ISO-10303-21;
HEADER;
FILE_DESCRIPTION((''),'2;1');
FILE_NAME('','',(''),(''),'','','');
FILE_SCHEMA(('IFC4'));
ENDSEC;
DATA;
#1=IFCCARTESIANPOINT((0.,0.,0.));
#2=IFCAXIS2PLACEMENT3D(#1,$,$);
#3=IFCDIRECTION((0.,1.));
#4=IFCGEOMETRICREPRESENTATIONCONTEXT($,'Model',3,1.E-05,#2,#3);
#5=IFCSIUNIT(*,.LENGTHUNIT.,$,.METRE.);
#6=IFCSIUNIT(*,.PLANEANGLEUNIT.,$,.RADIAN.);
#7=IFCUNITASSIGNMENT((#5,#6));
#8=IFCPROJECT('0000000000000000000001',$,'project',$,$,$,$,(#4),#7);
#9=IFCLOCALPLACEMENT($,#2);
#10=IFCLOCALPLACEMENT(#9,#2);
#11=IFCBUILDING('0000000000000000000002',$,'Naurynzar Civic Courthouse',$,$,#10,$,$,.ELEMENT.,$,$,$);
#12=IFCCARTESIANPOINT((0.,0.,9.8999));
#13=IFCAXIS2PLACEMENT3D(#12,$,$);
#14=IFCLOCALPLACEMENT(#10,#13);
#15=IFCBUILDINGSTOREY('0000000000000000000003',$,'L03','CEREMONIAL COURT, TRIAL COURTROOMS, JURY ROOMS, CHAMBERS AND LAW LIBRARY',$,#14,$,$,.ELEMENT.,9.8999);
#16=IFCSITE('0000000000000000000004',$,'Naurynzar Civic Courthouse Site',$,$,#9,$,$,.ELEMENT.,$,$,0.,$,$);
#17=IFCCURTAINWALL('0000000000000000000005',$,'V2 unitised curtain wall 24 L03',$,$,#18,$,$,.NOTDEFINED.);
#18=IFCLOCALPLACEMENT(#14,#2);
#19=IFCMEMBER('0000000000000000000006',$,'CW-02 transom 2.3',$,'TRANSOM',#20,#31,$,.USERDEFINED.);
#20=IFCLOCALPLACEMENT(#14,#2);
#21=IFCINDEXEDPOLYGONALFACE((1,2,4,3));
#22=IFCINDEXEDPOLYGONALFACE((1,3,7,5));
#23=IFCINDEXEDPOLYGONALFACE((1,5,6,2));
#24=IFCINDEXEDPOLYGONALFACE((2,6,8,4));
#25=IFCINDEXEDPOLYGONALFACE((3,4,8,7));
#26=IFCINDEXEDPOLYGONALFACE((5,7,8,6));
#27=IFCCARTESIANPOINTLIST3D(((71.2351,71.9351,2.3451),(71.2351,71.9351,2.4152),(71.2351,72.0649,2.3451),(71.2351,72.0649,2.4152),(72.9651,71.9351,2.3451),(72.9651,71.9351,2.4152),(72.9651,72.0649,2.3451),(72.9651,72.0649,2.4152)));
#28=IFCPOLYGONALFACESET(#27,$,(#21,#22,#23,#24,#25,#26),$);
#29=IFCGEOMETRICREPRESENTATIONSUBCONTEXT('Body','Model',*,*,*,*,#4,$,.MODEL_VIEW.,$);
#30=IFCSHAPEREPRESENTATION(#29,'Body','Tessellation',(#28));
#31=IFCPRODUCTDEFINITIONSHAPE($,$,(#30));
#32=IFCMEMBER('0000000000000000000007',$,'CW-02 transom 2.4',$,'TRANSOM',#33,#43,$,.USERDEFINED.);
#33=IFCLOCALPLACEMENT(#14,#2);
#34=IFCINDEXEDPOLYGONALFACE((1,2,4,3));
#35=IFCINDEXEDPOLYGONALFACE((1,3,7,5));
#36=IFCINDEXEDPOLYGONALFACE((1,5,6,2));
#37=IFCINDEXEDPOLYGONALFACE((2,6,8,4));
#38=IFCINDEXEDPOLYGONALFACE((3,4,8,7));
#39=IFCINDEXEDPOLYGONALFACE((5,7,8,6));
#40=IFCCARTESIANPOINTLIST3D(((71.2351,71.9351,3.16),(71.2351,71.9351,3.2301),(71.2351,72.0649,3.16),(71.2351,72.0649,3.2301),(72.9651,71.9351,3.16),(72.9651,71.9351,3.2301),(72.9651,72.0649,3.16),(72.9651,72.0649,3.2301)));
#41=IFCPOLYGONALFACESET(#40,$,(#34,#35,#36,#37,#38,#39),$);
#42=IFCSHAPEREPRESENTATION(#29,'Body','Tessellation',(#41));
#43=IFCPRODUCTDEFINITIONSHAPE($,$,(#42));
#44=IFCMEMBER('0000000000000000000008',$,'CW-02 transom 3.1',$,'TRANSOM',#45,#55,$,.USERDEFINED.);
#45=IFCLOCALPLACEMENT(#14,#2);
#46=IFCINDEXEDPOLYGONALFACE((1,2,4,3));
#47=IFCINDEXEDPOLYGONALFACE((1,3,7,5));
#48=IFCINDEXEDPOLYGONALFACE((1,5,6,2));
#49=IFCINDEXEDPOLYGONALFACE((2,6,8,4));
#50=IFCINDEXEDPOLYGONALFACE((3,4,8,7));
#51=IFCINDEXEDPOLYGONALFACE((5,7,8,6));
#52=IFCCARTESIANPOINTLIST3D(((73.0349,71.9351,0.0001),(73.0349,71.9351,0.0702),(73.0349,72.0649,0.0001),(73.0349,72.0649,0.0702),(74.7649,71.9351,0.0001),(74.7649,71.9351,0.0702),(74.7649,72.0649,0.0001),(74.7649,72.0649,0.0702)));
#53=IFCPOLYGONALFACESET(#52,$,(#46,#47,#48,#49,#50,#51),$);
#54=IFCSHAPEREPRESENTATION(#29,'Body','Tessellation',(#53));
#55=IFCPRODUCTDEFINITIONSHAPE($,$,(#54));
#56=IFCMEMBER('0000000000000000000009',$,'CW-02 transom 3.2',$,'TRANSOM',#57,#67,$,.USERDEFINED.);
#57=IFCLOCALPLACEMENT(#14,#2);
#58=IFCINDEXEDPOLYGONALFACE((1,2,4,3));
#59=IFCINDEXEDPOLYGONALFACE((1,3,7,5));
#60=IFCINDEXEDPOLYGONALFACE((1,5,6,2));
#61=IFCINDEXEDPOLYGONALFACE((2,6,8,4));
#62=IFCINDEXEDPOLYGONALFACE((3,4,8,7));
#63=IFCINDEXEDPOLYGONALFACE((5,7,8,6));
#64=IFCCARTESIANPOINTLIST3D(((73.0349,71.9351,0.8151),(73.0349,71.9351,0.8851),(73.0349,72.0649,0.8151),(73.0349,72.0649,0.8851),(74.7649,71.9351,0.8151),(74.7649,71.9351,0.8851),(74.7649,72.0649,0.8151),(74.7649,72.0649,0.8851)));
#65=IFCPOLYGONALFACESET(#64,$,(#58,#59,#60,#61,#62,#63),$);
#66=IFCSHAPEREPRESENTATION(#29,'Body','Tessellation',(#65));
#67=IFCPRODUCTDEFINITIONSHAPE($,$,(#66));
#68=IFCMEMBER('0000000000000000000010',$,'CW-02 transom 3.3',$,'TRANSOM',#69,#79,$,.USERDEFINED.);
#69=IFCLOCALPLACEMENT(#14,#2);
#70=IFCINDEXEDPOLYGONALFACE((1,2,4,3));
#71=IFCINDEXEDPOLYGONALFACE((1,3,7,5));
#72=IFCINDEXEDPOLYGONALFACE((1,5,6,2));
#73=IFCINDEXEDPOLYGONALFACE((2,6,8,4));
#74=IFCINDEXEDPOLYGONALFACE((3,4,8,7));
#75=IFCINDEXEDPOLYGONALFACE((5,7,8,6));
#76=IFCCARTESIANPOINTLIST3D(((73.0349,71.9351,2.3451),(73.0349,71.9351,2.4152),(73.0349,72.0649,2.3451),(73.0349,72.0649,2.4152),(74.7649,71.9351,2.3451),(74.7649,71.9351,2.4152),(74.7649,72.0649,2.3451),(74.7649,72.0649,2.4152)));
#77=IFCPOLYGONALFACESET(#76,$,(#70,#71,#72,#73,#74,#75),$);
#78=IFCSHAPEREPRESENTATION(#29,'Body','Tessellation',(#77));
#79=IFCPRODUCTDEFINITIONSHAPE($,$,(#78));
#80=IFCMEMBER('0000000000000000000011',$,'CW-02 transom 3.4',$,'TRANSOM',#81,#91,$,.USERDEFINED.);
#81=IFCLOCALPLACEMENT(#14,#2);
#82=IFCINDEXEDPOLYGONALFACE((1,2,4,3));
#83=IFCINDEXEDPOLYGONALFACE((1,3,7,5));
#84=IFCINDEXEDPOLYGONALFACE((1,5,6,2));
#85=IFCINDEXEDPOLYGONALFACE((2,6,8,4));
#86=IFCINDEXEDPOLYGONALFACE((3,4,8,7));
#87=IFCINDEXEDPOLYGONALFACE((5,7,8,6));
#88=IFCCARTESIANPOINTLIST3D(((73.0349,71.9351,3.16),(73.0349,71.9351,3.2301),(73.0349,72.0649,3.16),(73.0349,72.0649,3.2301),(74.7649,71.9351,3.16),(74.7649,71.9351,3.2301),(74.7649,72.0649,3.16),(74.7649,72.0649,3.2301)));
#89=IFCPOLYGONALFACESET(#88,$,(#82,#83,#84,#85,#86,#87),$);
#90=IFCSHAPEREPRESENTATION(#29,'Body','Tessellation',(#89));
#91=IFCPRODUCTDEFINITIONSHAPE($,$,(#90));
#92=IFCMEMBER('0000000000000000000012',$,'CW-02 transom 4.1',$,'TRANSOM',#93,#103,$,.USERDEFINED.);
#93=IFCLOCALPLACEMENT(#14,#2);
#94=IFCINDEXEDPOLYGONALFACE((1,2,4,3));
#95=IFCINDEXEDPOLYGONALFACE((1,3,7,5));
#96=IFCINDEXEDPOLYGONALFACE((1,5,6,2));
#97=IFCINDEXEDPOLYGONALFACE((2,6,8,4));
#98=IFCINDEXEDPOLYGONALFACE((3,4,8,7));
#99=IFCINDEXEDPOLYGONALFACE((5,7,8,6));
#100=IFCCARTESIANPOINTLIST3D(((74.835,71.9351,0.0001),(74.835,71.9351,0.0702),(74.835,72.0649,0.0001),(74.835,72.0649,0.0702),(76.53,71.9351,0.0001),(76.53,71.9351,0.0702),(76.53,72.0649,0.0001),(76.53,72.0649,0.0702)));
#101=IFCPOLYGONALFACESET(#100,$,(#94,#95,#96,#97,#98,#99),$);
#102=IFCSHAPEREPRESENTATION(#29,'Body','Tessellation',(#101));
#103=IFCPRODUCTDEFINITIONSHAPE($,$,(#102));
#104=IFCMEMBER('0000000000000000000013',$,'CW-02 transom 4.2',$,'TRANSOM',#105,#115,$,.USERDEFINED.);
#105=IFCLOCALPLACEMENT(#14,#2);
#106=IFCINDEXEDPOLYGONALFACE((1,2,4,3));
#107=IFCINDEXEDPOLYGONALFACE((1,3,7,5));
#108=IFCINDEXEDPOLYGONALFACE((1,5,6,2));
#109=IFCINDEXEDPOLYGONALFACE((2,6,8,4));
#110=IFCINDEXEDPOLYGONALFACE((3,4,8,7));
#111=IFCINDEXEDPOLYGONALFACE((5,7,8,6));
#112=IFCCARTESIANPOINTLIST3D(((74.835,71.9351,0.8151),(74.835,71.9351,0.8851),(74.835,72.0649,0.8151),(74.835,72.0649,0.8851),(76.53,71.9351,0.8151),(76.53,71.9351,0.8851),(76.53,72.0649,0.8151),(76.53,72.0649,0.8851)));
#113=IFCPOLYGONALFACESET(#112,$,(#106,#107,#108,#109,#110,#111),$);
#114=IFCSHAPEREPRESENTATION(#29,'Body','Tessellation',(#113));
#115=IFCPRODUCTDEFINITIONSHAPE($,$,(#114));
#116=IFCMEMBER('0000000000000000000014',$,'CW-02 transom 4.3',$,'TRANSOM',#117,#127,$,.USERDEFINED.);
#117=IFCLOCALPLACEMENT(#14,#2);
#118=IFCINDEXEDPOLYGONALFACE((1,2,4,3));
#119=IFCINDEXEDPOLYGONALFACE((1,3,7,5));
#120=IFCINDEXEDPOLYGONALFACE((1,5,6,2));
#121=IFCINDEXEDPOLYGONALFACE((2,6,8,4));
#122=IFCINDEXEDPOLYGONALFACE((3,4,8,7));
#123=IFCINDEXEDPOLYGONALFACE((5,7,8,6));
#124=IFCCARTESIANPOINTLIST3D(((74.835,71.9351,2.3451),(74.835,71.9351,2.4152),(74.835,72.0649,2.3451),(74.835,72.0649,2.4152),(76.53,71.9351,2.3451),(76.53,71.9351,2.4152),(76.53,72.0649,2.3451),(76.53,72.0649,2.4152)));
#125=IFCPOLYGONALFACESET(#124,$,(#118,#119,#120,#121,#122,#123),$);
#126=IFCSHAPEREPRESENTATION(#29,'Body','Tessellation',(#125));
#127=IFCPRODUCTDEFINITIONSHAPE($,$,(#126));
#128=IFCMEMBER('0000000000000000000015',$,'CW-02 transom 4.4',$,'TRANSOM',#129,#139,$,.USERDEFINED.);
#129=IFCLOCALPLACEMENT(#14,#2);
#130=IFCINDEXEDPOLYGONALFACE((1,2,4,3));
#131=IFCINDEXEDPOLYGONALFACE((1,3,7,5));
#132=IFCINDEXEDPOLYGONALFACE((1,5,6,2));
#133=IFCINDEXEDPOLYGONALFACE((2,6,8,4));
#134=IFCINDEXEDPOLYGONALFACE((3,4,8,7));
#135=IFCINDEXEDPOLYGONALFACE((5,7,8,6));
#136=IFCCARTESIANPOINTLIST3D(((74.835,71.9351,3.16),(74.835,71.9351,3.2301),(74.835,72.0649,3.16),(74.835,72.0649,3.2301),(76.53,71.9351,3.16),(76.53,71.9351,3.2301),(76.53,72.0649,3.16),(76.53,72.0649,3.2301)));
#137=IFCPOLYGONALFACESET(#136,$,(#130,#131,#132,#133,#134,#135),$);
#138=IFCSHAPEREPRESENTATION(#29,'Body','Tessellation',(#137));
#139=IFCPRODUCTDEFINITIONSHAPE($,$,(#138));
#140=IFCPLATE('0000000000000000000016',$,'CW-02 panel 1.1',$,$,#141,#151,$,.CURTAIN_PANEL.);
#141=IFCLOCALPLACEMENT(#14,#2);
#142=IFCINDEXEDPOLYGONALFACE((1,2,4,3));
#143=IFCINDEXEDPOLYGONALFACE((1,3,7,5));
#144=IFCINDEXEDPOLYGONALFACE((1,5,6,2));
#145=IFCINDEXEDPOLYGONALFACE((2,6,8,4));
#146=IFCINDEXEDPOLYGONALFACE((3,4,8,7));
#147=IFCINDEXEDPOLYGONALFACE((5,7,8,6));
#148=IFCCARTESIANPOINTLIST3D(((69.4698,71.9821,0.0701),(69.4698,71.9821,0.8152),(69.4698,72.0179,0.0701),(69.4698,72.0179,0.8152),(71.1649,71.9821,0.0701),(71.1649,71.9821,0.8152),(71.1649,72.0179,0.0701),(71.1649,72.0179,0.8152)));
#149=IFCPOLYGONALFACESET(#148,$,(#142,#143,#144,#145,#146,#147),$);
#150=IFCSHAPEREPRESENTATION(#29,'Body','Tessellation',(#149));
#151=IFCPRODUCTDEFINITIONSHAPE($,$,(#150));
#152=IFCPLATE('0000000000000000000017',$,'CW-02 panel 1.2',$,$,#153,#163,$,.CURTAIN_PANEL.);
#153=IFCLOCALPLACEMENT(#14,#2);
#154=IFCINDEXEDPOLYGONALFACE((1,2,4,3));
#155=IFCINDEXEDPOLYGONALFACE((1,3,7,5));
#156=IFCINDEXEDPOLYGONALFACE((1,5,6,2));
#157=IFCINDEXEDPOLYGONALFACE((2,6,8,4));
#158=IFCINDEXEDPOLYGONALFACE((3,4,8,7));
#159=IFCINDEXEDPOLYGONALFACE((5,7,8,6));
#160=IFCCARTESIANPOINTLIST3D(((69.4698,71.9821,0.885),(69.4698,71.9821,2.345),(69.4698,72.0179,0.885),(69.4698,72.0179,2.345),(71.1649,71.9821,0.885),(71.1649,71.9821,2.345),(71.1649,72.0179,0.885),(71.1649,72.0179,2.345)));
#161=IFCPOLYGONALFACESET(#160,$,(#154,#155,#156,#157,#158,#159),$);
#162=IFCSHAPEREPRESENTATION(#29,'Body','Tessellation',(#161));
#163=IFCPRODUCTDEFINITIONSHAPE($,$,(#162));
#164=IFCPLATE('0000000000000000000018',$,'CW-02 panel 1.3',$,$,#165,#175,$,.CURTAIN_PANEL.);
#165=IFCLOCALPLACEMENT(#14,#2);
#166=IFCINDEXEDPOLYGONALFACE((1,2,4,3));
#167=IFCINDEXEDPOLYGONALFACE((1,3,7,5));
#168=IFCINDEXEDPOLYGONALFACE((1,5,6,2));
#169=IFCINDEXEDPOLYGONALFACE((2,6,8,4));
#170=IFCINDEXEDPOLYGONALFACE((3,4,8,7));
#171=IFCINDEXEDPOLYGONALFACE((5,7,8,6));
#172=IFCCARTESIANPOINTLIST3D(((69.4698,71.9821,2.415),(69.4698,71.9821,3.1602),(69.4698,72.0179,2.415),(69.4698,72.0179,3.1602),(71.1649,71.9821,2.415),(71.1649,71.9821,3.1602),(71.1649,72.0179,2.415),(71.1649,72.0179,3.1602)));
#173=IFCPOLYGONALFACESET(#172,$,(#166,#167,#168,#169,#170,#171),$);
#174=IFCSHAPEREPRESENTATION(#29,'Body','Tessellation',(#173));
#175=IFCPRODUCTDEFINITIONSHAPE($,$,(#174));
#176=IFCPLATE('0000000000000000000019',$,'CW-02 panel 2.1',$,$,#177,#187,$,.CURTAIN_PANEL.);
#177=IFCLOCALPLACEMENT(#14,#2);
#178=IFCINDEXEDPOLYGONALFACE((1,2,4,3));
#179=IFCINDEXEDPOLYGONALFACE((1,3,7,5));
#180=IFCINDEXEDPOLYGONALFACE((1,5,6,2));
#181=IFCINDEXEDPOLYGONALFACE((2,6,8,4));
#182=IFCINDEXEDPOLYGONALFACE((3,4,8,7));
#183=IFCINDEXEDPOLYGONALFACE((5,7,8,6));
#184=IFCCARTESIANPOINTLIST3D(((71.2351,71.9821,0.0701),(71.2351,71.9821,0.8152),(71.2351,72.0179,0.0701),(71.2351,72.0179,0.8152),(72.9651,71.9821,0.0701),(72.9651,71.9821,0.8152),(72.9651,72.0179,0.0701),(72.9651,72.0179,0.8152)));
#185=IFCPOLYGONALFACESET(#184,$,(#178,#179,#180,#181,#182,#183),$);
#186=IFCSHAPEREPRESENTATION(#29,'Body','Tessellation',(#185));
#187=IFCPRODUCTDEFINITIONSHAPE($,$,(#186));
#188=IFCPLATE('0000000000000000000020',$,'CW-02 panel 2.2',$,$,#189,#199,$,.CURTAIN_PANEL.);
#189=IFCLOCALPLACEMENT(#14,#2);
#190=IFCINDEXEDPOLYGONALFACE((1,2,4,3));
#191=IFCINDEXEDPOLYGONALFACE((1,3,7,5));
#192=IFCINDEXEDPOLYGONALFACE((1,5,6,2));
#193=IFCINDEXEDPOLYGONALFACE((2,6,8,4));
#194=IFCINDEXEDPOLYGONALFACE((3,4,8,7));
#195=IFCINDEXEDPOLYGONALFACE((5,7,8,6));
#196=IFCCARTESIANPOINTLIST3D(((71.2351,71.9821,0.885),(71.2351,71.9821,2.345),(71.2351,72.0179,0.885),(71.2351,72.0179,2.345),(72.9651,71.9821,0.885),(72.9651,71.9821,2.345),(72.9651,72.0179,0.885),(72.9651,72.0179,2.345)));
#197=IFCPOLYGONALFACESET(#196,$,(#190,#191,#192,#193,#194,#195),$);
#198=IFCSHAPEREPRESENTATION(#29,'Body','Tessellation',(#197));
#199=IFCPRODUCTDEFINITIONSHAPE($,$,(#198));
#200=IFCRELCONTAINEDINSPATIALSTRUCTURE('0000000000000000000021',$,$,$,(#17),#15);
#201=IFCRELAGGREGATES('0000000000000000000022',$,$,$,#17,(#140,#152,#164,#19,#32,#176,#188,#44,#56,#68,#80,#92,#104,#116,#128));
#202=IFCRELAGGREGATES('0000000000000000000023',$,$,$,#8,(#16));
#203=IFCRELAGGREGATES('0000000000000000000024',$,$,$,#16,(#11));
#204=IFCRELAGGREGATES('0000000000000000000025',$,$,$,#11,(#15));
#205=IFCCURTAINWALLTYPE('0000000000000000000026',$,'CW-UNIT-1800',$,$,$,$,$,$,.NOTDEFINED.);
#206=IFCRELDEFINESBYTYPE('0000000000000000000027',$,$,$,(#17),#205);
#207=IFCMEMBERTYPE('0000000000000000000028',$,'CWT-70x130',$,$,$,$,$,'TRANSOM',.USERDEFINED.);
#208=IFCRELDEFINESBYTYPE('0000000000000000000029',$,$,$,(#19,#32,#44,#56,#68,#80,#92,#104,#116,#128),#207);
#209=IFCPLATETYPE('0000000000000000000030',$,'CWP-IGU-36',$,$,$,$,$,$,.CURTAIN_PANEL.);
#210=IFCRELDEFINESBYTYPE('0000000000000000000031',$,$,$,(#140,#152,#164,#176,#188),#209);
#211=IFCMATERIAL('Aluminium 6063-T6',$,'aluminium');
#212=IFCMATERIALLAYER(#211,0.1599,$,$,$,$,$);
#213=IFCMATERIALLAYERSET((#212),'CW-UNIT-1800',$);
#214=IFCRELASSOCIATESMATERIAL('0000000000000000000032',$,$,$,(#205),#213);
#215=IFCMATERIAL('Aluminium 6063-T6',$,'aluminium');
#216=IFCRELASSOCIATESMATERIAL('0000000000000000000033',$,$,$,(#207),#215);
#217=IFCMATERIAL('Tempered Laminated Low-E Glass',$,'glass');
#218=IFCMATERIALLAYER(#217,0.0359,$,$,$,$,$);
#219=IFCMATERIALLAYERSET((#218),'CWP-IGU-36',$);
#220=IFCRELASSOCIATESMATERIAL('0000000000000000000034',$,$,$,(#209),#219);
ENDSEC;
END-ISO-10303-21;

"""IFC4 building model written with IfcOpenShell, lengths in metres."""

from ifc_helpers import new_model, si_unit, direction, frame, origin, origin_2d, place, context, subcontext, project, spatial, rectangle, extrude, material, layer, layer_set, material_profile, profile_set, type_object, element, aggregate, save


model = new_model("IFC4")

# Units and contexts
model_context = context("Model", 3, precision=1e-05, world=origin(), true_north=direction((0.0, 1.0)))
body_context = subcontext(model_context, "Body", "Model", "MODEL_VIEW")
ifc_project = project(units=[si_unit("LENGTHUNIT", "METRE"), si_unit("PLANEANGLEUNIT", "RADIAN")], contexts=[model_context])

# Site, building, storey
site_placement = place(None, origin())
site = spatial("IfcSite", under=ifc_project, at=site_placement, Name="Naurynzar Civic Courthouse Site", CompositionType="ELEMENT", RefElevation=0.0)
building_placement = place(site_placement, origin())
building = spatial("IfcBuilding", under=site, at=building_placement, Name="Naurynzar Civic Courthouse", CompositionType="ELEMENT")
storey_placement = place(building_placement, frame((0.0, 0.0, 9.8999)))
storey = spatial("IfcBuildingStorey", under=building, at=storey_placement, Name="L03", Description="CEREMONIAL COURT, TRIAL COURTROOMS, JURY ROOMS, CHAMBERS AND LAW LIBRARY", CompositionType="ELEMENT", Elevation=9.8999)

# Curtain wall, members, plates
ifc_material_1 = material(Name="Aluminium 6063-T6", Category="aluminium")
ifc_layer_1 = layer(ifc_material_1, 0.1599)
ifc_layer_set_1 = layer_set([ifc_layer_1], Name="CW-UNIT-1800")
curtain_wall_type = type_object("IfcCurtainWallType", Name="CW-UNIT-1800", PredefinedType="NOTDEFINED", material=ifc_layer_set_1)
curtain_wall_placement = place(storey_placement, origin())
curtain_wall = element("IfcCurtainWall", 1, at=curtain_wall_placement, inside=storey, type_object=curtain_wall_type, Name="V2 unitised curtain wall 24 L03", PredefinedType="NOTDEFINED")
ifc_material_2 = material(Name="Aluminium 6063-T6", Category="aluminium")
ifc_material_profile_1 = material_profile(ifc_material_2, rectangle(XDim=0.1299, YDim=0.0701, at=origin_2d()), Name="ALU TRANSOM 70x130")
ifc_profile_set_1 = profile_set([ifc_material_profile_1], Name="Aluminium 6063-T6")
member_type_1 = type_object("IfcMemberType", Name="CWT-70x130", ElementType="TRANSOM", PredefinedType="USERDEFINED", material=ifc_profile_set_1)
member_1_placement = place(storey_placement, frame((71.2351, 72.0, 2.3801), z_axis=(1.0, 0.0, 0.0), x_axis=(0.0, 1.0, 0.0)))
member_1 = element("IfcMember", 2, at=member_1_placement, type_object=member_type_1, Name="CW-02 transom 2.3", ObjectType="TRANSOM", PredefinedType="USERDEFINED", context=body_context, shape_type="SweptSolid", body=[
    extrude(rectangle(XDim=0.1299, YDim=0.0701, at=origin_2d()), origin(), (0.0, 0.0, 1.0), 1.73),
])
member_2_placement = place(storey_placement, frame((71.2351, 72.0, 3.1951), z_axis=(1.0, 0.0, 0.0), x_axis=(0.0, 1.0, 0.0)))
member_2 = element("IfcMember", 3, at=member_2_placement, type_object=member_type_1, Name="CW-02 transom 2.4", ObjectType="TRANSOM", PredefinedType="USERDEFINED", context=body_context, shape_type="SweptSolid", body=[
    extrude(rectangle(XDim=0.1299, YDim=0.0701, at=origin_2d()), origin(), (0.0, 0.0, 1.0), 1.73),
])
member_3_placement = place(storey_placement, frame((73.0349, 72.0, 0.0352), z_axis=(1.0, 0.0, 0.0), x_axis=(0.0, 1.0, 0.0)))
member_3 = element("IfcMember", 4, at=member_3_placement, type_object=member_type_1, Name="CW-02 transom 3.1", ObjectType="TRANSOM", PredefinedType="USERDEFINED", context=body_context, shape_type="SweptSolid", body=[
    extrude(rectangle(XDim=0.1299, YDim=0.0701, at=origin_2d()), origin(), (0.0, 0.0, 1.0), 1.73),
])
member_4_placement = place(storey_placement, frame((73.0349, 72.0, 0.8501), z_axis=(1.0, 0.0, 0.0), x_axis=(0.0, 1.0, 0.0)))
member_4 = element("IfcMember", 5, at=member_4_placement, type_object=member_type_1, Name="CW-02 transom 3.2", ObjectType="TRANSOM", PredefinedType="USERDEFINED", context=body_context, shape_type="SweptSolid", body=[
    extrude(rectangle(XDim=0.1299, YDim=0.0701, at=origin_2d()), origin(), (0.0, 0.0, 1.0), 1.73),
])
member_5_placement = place(storey_placement, frame((73.0349, 72.0, 2.3801), z_axis=(1.0, 0.0, 0.0), x_axis=(0.0, 1.0, 0.0)))
member_5 = element("IfcMember", 6, at=member_5_placement, type_object=member_type_1, Name="CW-02 transom 3.3", ObjectType="TRANSOM", PredefinedType="USERDEFINED", context=body_context, shape_type="SweptSolid", body=[
    extrude(rectangle(XDim=0.1299, YDim=0.0701, at=origin_2d()), origin(), (0.0, 0.0, 1.0), 1.73),
])
member_6_placement = place(storey_placement, frame((73.0349, 72.0, 3.1951), z_axis=(1.0, 0.0, 0.0), x_axis=(0.0, 1.0, 0.0)))
member_6 = element("IfcMember", 7, at=member_6_placement, type_object=member_type_1, Name="CW-02 transom 3.4", ObjectType="TRANSOM", PredefinedType="USERDEFINED", context=body_context, shape_type="SweptSolid", body=[
    extrude(rectangle(XDim=0.1299, YDim=0.0701, at=origin_2d()), origin(), (0.0, 0.0, 1.0), 1.73),
])
member_7_placement = place(storey_placement, frame((74.835, 72.0, 0.0352), z_axis=(1.0, 0.0, 0.0), x_axis=(0.0, 1.0, 0.0)))
member_7 = element("IfcMember", 8, at=member_7_placement, type_object=member_type_1, Name="CW-02 transom 4.1", ObjectType="TRANSOM", PredefinedType="USERDEFINED", context=body_context, shape_type="SweptSolid", body=[
    extrude(rectangle(XDim=0.1299, YDim=0.0701, at=origin_2d()), origin(), (0.0, 0.0, 1.0), 1.6951),
])
member_8_placement = place(storey_placement, frame((74.835, 72.0, 0.8501), z_axis=(1.0, 0.0, 0.0), x_axis=(0.0, 1.0, 0.0)))
member_8 = element("IfcMember", 9, at=member_8_placement, type_object=member_type_1, Name="CW-02 transom 4.2", ObjectType="TRANSOM", PredefinedType="USERDEFINED", context=body_context, shape_type="SweptSolid", body=[
    extrude(rectangle(XDim=0.1299, YDim=0.0701, at=origin_2d()), origin(), (0.0, 0.0, 1.0), 1.6951),
])
member_9_placement = place(storey_placement, frame((74.835, 72.0, 2.3801), z_axis=(1.0, 0.0, 0.0), x_axis=(0.0, 1.0, 0.0)))
member_9 = element("IfcMember", 10, at=member_9_placement, type_object=member_type_1, Name="CW-02 transom 4.3", ObjectType="TRANSOM", PredefinedType="USERDEFINED", context=body_context, shape_type="SweptSolid", body=[
    extrude(rectangle(XDim=0.1299, YDim=0.0701, at=origin_2d()), origin(), (0.0, 0.0, 1.0), 1.6951),
])
member_10_placement = place(storey_placement, frame((74.835, 72.0, 3.1951), z_axis=(1.0, 0.0, 0.0), x_axis=(0.0, 1.0, 0.0)))
member_10 = element("IfcMember", 11, at=member_10_placement, type_object=member_type_1, Name="CW-02 transom 4.4", ObjectType="TRANSOM", PredefinedType="USERDEFINED", context=body_context, shape_type="SweptSolid", body=[
    extrude(rectangle(XDim=0.1299, YDim=0.0701, at=origin_2d()), origin(), (0.0, 0.0, 1.0), 1.6951),
])
ifc_material_3 = material(Name="Tempered Laminated Low-E Glass", Category="glass")
ifc_layer_2 = layer(ifc_material_3, 0.0359)
ifc_layer_set_2 = layer_set([ifc_layer_2], Name="CWP-IGU-36")
plate_type = type_object("IfcPlateType", Name="CWP-IGU-36", PredefinedType="CURTAIN_PANEL", material=ifc_layer_set_2)
plate_1_placement = place(storey_placement, frame((70.3174, 72.0, 0.0701), z_axis=(0.0, 0.0, 1.0), x_axis=(1.0, 0.0, 0.0)))
plate_1 = element("IfcPlate", 12, at=plate_1_placement, type_object=plate_type, Name="CW-02 panel 1.1", PredefinedType="CURTAIN_PANEL", context=body_context, shape_type="SweptSolid", body=[
    extrude(rectangle(XDim=1.6951, YDim=0.0359, at=origin_2d()), origin(), (0.0, 0.0, 1.0), 0.7451),
])
plate_2_placement = place(storey_placement, frame((70.3174, 72.0, 0.885), z_axis=(0.0, 0.0, 1.0), x_axis=(1.0, 0.0, 0.0)))
plate_2 = element("IfcPlate", 13, at=plate_2_placement, type_object=plate_type, Name="CW-02 panel 1.2", PredefinedType="CURTAIN_PANEL", context=body_context, shape_type="SweptSolid", body=[
    extrude(rectangle(XDim=1.6951, YDim=0.0359, at=origin_2d()), origin(), (0.0, 0.0, 1.0), 1.46),
])
plate_3_placement = place(storey_placement, frame((70.3174, 72.0, 2.415), z_axis=(0.0, 0.0, 1.0), x_axis=(1.0, 0.0, 0.0)))
plate_3 = element("IfcPlate", 14, at=plate_3_placement, type_object=plate_type, Name="CW-02 panel 1.3", PredefinedType="CURTAIN_PANEL", context=body_context, shape_type="SweptSolid", body=[
    extrude(rectangle(XDim=1.6951, YDim=0.0359, at=origin_2d()), origin(), (0.0, 0.0, 1.0), 0.7451),
])
plate_4_placement = place(storey_placement, frame((72.1001, 72.0, 0.0701), z_axis=(0.0, 0.0, 1.0), x_axis=(1.0, 0.0, 0.0)))
plate_4 = element("IfcPlate", 15, at=plate_4_placement, type_object=plate_type, Name="CW-02 panel 2.1", PredefinedType="CURTAIN_PANEL", context=body_context, shape_type="SweptSolid", body=[
    extrude(rectangle(XDim=1.73, YDim=0.0359, at=origin_2d()), origin(), (0.0, 0.0, 1.0), 0.7451),
])
plate_5_placement = place(storey_placement, frame((72.1001, 72.0, 0.885), z_axis=(0.0, 0.0, 1.0), x_axis=(1.0, 0.0, 0.0)))
plate_5 = element("IfcPlate", 16, at=plate_5_placement, type_object=plate_type, Name="CW-02 panel 2.2", PredefinedType="CURTAIN_PANEL", context=body_context, shape_type="SweptSolid", body=[
    extrude(rectangle(XDim=1.73, YDim=0.0359, at=origin_2d()), origin(), (0.0, 0.0, 1.0), 1.46),
])
aggregate(curtain_wall, [plate_1, plate_2, plate_3, member_1, member_2, plate_4, plate_5, member_3, member_4, member_5, member_6, member_7, member_8, member_9, member_10])

save(model, "model.ifc")
